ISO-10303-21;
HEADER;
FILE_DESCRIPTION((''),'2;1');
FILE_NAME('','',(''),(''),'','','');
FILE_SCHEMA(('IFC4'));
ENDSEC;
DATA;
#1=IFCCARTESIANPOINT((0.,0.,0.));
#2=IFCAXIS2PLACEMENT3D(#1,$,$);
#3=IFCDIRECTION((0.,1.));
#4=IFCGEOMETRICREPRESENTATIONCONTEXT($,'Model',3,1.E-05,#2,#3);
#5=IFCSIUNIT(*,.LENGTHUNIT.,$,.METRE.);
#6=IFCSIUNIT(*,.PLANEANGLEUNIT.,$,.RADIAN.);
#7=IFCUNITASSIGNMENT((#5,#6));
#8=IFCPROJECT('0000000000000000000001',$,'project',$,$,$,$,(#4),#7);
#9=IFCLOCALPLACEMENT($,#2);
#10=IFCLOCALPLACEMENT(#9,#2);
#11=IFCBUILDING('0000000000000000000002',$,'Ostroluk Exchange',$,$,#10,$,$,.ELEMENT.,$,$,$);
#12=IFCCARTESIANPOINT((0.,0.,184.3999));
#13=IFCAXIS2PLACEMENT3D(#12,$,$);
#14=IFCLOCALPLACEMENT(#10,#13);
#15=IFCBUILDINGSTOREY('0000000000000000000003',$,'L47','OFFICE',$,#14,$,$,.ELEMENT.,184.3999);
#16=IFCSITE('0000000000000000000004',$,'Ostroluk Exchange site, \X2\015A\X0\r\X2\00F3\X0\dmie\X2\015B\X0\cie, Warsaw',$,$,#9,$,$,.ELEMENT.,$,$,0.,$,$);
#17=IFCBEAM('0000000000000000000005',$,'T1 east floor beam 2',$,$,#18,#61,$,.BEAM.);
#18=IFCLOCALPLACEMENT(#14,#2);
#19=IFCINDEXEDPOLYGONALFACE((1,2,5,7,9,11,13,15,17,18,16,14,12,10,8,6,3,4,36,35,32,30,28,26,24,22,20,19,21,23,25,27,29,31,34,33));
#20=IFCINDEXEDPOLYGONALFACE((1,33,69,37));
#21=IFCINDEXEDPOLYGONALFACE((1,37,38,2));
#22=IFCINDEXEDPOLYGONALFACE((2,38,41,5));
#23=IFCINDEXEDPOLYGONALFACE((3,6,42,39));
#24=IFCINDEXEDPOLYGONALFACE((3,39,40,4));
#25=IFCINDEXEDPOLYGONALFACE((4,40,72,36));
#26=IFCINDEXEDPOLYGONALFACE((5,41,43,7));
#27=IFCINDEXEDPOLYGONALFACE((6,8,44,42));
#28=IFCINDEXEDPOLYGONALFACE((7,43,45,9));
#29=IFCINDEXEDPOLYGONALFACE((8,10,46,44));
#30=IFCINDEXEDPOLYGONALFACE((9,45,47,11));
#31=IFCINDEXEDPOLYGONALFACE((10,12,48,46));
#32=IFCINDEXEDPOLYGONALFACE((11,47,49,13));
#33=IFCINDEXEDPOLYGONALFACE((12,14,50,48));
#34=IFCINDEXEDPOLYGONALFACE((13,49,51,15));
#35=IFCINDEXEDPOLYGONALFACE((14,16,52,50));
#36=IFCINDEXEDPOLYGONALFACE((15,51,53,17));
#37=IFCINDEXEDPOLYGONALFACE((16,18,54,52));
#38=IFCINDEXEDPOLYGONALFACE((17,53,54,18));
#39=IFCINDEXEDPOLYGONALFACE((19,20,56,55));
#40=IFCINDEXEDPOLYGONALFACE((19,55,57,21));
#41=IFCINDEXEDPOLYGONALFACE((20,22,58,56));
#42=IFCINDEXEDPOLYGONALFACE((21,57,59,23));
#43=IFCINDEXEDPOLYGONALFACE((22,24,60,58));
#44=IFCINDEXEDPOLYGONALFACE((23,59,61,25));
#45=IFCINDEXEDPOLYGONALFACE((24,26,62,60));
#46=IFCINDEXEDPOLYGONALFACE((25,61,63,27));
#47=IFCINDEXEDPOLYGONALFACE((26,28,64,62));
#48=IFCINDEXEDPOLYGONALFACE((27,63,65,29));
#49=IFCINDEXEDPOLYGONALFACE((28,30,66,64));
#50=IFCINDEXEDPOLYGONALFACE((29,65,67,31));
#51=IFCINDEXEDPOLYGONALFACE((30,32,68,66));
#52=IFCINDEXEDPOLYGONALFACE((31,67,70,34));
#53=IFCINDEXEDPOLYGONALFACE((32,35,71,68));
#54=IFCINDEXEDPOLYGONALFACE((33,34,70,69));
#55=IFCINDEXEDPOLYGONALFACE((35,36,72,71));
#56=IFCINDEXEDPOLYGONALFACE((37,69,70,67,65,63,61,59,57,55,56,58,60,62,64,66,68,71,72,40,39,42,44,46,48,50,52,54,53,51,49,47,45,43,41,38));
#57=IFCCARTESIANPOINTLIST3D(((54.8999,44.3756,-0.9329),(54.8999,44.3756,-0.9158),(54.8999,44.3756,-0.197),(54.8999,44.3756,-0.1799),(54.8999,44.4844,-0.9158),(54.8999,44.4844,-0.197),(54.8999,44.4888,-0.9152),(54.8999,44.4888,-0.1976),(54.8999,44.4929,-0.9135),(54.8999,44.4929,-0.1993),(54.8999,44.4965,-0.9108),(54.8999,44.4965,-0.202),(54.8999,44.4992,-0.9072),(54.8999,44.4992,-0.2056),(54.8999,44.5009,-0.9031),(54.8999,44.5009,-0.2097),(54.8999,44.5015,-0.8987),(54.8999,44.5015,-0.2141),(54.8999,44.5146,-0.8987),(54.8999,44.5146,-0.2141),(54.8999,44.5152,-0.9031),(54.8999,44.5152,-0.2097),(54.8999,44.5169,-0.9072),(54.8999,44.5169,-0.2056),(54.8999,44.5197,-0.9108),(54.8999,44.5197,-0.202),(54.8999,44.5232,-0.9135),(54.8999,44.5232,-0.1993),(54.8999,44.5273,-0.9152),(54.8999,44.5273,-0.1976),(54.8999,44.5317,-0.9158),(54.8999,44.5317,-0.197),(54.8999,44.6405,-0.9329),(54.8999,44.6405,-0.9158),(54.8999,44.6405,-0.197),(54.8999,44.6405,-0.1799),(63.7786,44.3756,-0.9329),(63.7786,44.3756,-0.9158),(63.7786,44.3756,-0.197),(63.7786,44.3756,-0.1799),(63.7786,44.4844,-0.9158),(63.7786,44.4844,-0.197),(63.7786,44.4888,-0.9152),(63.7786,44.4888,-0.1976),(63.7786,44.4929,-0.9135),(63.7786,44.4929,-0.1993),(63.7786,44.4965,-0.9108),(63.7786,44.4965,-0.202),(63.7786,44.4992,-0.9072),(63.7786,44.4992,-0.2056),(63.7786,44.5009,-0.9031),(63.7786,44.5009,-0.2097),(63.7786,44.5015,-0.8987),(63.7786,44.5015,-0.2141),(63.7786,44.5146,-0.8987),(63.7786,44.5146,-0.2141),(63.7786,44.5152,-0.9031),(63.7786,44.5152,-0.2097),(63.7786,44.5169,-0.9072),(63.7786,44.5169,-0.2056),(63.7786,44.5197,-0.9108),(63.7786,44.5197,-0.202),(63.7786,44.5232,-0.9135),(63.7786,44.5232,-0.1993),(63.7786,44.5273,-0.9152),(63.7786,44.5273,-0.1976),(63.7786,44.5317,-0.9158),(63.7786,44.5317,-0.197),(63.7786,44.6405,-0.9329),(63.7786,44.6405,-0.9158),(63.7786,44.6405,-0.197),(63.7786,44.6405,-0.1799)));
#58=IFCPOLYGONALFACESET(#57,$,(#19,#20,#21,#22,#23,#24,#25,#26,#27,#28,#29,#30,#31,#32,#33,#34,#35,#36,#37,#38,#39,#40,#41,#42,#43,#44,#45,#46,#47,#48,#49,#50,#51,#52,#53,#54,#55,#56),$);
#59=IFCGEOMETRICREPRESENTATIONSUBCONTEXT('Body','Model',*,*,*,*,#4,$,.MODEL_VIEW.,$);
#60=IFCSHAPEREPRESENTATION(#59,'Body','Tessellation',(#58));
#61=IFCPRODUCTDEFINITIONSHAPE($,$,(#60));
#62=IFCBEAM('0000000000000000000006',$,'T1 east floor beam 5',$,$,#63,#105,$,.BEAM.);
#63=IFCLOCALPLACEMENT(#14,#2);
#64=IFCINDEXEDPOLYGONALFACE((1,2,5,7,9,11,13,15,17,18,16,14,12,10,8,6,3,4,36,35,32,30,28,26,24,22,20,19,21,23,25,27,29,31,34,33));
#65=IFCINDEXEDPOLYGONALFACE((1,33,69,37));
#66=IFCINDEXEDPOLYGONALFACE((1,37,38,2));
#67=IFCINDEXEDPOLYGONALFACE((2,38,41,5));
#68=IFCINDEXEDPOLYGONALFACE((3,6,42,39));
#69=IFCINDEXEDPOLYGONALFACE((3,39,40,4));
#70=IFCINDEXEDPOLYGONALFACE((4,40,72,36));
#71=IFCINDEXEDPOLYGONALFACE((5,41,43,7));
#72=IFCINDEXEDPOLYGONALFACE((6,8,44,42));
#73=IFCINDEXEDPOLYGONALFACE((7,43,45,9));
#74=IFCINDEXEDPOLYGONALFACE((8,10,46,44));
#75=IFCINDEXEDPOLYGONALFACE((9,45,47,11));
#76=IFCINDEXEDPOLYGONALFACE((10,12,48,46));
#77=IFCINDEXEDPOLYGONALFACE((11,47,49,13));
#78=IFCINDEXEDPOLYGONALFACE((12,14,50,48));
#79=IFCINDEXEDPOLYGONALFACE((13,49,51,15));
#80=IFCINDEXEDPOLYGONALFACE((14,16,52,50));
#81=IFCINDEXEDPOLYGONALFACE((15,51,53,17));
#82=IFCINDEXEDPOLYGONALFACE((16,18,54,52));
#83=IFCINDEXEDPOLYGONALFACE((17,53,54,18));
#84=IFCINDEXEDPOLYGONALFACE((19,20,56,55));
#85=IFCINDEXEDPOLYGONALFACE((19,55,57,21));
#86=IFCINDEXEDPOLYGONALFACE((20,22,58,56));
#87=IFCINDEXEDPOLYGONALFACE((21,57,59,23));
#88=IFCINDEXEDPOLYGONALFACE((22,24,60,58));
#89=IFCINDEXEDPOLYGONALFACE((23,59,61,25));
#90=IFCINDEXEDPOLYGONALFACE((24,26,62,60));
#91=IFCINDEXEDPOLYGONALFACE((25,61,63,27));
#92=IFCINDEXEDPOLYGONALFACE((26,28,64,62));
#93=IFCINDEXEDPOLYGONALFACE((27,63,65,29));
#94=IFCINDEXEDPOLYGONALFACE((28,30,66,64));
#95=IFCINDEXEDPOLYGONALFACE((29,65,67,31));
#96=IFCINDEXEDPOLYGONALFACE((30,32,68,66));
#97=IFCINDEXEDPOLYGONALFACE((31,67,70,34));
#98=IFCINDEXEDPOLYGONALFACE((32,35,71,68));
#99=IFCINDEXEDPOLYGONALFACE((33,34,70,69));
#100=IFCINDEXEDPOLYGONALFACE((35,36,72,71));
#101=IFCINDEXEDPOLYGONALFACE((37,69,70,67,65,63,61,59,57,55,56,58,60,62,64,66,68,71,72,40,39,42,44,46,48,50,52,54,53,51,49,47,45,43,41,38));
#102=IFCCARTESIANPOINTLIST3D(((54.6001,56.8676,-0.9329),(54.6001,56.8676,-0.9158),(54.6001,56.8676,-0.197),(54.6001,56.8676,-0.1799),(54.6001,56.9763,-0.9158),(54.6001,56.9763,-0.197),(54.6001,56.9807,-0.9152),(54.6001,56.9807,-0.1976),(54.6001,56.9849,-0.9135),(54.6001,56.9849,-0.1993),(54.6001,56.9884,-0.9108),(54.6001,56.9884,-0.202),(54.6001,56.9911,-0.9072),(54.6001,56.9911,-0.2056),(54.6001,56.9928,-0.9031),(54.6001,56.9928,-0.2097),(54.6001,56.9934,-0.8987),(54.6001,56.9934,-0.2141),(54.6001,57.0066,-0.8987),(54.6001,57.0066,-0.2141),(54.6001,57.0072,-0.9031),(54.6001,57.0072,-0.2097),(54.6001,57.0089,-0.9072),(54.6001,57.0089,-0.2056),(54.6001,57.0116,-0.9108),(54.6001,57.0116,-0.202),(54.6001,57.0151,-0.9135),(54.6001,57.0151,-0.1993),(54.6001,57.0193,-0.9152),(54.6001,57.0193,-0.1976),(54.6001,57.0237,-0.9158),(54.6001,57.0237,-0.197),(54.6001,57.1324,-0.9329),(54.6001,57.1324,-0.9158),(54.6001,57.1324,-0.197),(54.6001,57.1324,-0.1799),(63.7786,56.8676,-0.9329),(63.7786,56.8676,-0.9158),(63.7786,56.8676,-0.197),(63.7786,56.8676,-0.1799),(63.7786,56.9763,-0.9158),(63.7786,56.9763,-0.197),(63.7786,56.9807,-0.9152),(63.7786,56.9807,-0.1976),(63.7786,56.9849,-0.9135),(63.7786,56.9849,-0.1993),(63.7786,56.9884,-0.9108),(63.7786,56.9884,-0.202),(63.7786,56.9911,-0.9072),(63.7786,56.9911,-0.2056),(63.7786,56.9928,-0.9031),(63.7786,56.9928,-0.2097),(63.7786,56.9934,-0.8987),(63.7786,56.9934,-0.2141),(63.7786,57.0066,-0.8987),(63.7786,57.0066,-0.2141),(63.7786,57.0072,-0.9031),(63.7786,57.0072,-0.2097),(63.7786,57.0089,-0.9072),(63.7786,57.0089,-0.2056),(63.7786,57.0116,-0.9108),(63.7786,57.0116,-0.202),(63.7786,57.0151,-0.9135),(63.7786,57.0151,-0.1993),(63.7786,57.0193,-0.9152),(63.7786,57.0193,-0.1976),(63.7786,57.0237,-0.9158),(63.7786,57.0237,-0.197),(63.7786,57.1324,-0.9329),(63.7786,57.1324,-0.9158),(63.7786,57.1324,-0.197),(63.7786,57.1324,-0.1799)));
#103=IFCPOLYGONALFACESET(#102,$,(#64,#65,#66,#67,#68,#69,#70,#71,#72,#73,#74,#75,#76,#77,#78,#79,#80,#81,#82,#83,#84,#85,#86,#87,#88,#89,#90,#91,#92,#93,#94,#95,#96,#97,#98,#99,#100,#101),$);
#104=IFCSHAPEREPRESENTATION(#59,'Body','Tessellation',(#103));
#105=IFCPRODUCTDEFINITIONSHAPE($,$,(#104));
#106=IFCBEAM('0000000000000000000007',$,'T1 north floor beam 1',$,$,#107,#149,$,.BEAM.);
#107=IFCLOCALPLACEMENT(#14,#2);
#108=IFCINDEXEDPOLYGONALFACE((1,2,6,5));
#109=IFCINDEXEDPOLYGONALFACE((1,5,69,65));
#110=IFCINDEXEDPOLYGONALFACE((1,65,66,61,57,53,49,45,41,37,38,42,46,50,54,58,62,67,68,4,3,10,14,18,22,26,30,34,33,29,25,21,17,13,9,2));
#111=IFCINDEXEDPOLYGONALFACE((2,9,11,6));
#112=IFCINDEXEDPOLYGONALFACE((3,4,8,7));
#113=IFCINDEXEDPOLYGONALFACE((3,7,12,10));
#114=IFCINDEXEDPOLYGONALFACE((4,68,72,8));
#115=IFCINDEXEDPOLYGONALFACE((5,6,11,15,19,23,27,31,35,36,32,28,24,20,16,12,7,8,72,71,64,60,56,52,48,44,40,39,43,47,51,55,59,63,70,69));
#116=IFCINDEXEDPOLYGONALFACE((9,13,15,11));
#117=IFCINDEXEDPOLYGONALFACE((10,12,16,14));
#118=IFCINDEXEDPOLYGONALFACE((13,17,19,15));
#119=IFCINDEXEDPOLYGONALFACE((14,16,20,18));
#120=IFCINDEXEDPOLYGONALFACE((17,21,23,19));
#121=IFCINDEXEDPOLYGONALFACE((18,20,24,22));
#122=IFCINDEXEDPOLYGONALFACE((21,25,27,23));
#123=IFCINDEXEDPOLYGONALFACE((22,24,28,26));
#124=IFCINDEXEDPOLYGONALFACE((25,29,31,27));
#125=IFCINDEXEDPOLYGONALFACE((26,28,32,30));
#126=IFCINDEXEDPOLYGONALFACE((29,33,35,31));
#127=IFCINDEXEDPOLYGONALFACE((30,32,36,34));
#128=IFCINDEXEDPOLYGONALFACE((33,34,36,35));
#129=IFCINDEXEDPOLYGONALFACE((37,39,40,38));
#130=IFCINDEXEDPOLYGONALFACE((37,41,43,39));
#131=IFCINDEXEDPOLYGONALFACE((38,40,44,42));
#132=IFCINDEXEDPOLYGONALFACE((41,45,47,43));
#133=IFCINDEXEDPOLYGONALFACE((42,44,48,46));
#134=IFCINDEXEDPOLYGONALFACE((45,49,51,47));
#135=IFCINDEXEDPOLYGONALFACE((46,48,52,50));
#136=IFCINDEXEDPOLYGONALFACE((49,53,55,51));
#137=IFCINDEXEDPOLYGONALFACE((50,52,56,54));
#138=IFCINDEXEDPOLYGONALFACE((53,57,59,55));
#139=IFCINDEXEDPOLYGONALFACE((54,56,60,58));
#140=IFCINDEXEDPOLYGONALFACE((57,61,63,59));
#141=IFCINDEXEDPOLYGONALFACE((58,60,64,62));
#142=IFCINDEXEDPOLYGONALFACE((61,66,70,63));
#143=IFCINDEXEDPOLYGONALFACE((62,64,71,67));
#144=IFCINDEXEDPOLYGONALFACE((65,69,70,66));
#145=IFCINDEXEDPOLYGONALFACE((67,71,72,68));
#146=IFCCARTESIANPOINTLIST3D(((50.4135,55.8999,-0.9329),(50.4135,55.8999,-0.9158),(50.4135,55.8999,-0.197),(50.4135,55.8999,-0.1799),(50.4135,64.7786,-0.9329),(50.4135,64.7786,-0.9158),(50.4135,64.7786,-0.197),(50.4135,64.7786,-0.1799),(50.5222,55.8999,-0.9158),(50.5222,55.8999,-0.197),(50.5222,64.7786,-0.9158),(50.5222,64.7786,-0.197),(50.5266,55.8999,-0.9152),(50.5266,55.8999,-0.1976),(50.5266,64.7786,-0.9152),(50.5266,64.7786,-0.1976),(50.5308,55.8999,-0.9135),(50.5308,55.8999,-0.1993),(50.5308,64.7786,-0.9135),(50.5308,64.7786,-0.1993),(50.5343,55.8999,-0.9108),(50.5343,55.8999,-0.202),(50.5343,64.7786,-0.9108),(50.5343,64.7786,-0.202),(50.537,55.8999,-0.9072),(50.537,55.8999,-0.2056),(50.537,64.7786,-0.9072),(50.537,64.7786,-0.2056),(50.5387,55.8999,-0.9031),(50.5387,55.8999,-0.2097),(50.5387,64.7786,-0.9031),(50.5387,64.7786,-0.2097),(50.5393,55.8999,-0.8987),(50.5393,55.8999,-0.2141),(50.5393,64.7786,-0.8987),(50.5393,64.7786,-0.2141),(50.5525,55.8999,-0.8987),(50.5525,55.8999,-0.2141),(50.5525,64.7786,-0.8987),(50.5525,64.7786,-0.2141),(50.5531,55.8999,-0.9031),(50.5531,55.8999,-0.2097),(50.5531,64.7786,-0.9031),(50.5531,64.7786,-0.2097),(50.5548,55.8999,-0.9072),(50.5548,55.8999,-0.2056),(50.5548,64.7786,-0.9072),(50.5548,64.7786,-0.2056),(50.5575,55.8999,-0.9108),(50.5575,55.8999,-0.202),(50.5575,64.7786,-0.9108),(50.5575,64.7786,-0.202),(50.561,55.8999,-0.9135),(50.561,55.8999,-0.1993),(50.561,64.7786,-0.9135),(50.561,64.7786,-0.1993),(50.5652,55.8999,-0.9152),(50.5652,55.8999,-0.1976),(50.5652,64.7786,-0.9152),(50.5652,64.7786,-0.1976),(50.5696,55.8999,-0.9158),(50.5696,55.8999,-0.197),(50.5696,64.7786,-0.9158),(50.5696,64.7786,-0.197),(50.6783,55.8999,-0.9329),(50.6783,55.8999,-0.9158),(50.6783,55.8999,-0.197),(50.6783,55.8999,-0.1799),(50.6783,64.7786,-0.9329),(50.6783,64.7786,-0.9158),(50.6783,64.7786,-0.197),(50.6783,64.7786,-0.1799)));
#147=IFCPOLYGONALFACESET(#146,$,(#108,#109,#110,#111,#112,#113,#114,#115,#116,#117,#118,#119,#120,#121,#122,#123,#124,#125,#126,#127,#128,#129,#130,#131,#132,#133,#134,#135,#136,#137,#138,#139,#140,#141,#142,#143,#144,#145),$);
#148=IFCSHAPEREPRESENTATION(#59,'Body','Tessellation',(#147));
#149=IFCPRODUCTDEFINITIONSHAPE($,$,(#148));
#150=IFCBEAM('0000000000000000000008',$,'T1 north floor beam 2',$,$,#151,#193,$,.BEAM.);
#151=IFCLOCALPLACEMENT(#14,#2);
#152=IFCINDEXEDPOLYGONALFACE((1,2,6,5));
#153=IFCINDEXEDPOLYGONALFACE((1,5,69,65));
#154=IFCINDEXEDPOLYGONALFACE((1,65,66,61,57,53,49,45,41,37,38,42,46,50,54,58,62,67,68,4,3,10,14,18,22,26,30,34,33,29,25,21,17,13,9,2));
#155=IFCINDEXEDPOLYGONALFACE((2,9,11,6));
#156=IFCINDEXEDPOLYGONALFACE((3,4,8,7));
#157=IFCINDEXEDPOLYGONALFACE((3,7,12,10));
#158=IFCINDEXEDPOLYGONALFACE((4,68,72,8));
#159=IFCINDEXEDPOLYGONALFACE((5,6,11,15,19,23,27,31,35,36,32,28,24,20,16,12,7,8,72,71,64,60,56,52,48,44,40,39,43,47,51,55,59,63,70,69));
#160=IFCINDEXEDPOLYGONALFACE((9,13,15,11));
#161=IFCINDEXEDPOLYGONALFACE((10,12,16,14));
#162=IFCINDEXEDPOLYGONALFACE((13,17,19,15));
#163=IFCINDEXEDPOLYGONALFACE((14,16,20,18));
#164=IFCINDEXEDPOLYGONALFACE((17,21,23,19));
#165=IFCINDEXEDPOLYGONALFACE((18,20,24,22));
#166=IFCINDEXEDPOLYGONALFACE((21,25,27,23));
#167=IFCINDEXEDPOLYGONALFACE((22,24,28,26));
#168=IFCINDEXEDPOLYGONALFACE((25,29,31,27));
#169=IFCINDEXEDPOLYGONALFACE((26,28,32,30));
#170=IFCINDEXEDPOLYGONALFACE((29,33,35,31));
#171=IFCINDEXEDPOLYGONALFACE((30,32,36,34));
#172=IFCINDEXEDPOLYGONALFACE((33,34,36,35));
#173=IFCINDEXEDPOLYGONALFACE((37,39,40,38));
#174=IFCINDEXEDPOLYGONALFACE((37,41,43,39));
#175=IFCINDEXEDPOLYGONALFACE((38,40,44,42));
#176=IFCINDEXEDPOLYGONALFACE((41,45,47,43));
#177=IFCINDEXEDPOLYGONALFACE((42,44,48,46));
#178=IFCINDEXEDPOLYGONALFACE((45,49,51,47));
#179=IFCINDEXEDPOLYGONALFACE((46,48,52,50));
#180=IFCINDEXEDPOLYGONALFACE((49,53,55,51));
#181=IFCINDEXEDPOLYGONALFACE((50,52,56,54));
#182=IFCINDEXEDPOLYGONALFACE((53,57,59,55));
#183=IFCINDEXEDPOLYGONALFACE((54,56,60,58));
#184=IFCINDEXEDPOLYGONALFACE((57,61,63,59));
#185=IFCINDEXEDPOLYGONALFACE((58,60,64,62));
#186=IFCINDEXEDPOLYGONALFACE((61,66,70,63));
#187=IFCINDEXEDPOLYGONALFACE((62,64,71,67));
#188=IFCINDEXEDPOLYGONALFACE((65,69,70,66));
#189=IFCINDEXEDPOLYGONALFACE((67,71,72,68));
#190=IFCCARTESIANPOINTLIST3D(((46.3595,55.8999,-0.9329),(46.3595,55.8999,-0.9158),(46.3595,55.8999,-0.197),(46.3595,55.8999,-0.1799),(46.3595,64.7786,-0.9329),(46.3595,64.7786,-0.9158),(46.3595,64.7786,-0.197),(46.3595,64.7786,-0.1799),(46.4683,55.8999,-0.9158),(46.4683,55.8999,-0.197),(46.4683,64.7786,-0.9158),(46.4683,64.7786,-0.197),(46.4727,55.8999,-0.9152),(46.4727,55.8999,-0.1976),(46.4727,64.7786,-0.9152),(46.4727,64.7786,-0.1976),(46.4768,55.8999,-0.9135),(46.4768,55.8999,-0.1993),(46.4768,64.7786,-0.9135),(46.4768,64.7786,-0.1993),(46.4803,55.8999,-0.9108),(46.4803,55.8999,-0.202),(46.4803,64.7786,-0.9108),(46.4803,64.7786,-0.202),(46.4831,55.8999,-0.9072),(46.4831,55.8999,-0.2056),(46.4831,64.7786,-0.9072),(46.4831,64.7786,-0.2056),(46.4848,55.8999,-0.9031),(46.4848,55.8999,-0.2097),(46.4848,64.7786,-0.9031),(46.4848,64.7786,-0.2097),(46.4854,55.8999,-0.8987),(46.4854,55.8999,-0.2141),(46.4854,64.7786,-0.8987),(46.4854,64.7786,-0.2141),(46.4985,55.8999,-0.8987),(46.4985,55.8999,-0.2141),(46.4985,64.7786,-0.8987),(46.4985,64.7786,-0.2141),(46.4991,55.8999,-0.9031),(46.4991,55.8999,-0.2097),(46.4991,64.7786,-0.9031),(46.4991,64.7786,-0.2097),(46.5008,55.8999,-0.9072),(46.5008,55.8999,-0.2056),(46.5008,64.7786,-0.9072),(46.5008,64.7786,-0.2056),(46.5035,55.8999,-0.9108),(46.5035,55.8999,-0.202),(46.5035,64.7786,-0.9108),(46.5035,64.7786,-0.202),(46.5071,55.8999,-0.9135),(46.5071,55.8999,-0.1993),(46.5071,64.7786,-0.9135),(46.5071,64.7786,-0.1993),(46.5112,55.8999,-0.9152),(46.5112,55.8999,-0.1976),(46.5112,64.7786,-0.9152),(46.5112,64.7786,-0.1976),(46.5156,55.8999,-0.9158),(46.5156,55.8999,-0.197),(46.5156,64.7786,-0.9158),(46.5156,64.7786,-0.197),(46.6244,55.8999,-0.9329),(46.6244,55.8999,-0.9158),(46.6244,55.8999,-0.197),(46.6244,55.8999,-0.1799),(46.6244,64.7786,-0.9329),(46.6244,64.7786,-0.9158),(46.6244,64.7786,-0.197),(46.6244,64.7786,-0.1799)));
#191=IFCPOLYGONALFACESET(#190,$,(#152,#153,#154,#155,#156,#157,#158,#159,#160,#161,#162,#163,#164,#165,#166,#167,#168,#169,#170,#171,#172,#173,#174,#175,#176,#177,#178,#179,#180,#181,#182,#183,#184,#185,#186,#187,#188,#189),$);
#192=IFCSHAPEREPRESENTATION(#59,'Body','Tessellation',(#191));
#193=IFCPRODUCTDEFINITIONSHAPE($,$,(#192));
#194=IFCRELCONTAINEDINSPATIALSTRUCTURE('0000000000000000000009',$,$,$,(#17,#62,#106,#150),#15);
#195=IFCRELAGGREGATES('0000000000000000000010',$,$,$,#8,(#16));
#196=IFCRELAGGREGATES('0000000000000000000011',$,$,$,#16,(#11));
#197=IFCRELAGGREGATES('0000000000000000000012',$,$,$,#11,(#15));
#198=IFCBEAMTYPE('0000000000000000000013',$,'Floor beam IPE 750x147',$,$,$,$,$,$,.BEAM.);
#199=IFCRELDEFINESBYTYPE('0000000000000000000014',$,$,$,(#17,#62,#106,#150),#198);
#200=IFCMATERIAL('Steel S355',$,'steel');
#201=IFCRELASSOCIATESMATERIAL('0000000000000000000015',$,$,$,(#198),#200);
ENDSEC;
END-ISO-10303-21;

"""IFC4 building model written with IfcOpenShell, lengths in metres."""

from ifc_helpers import new_model, si_unit, direction, frame, origin, origin_2d, place, context, subcontext, project, spatial, i_section, extrude, material, material_profile, profile_set, type_object, element, save


model = new_model("IFC4")

# Units and contexts
model_context = context("Model", 3, precision=1e-05, world=origin(), true_north=direction((0.0, 1.0)))
body_context = subcontext(model_context, "Body", "Model", "MODEL_VIEW")
ifc_project = project(units=[si_unit("LENGTHUNIT", "METRE"), si_unit("PLANEANGLEUNIT", "RADIAN")], contexts=[model_context])

# Site, building, storey
site_placement = place(None, origin())
site = spatial("IfcSite", under=ifc_project, at=site_placement, Name="Ostroluk Exchange site, Śródmieście, Warsaw", CompositionType="ELEMENT", RefElevation=0.0)
building_placement = place(site_placement, origin())
building = spatial("IfcBuilding", under=site, at=building_placement, Name="Ostroluk Exchange", CompositionType="ELEMENT")
storey_placement = place(building_placement, frame((0.0, 0.0, 184.3999)))
storey = spatial("IfcBuildingStorey", under=building, at=storey_placement, Name="L47", Description="OFFICE", CompositionType="ELEMENT", Elevation=184.3999)

# Beams
ifc_material_1 = material(Name="Steel S355", Category="steel")
ifc_material_profile_1 = material_profile(ifc_material_1, i_section(OverallWidth=0.2649, OverallDepth=0.7529, WebThickness=0.0132, FlangeThickness=0.0171, FilletRadius=0.0171, at=origin_2d()), Name="IPE 750x147")
ifc_profile_set_1 = profile_set([ifc_material_profile_1], Name="Steel S355")
beam_type_1 = type_object("IfcBeamType", Name="Floor beam IPE 750x147", PredefinedType="BEAM", material=ifc_profile_set_1)
beam_1_placement = place(storey_placement, frame((54.8999, 44.5081, -0.5564), z_axis=(1.0, 0.0, 0.0), x_axis=(0.0, 1.0, 0.0)))
element("IfcBeam", 1, at=beam_1_placement, inside=storey, type_object=beam_type_1, Name="T1 east floor beam 2", PredefinedType="BEAM", context=body_context, shape_type="SweptSolid", body=[
    extrude(i_section(OverallWidth=0.2649, OverallDepth=0.7529, WebThickness=0.0132, FlangeThickness=0.0171, FilletRadius=0.0171, at=origin_2d()), origin(), (0.0, 0.0, 1.0), 8.8787),
])
beam_2_placement = place(storey_placement, frame((54.6001, 57.0, -0.5564), z_axis=(1.0, 0.0, 0.0), x_axis=(0.0, 1.0, 0.0)))
element("IfcBeam", 2, at=beam_2_placement, inside=storey, type_object=beam_type_1, Name="T1 east floor beam 5", PredefinedType="BEAM", context=body_context, shape_type="SweptSolid", body=[
    extrude(i_section(OverallWidth=0.2649, OverallDepth=0.7529, WebThickness=0.0132, FlangeThickness=0.0171, FilletRadius=0.0171, at=origin_2d()), origin(), (0.0, 0.0, 1.0), 9.1785),
])
for number, where, z_axis, x_axis, name in (
    (3, (50.5459, 55.8999, -0.5564), (0.0, 1.0, 0.0), (-1.0, 0.0, 0.0), "T1 north floor beam 1"),
    (4, (46.4919, 55.8999, -0.5564), (0.0, 1.0, 0.0), (-1.0, 0.0, 0.0), "T1 north floor beam 2"),
):
    element("IfcBeam", number, at=place(storey_placement, frame(where, z_axis=z_axis, x_axis=x_axis)), inside=storey, type_object=beam_type_1, Name=name, PredefinedType="BEAM", context=body_context, shape_type="SweptSolid", body=[
        extrude(i_section(OverallWidth=0.2649, OverallDepth=0.7529, WebThickness=0.0132, FlangeThickness=0.0171, FilletRadius=0.0171, at=origin_2d()), origin(), (0.0, 0.0, 1.0), 8.8787),
    ])

save(model, "model.ifc")
